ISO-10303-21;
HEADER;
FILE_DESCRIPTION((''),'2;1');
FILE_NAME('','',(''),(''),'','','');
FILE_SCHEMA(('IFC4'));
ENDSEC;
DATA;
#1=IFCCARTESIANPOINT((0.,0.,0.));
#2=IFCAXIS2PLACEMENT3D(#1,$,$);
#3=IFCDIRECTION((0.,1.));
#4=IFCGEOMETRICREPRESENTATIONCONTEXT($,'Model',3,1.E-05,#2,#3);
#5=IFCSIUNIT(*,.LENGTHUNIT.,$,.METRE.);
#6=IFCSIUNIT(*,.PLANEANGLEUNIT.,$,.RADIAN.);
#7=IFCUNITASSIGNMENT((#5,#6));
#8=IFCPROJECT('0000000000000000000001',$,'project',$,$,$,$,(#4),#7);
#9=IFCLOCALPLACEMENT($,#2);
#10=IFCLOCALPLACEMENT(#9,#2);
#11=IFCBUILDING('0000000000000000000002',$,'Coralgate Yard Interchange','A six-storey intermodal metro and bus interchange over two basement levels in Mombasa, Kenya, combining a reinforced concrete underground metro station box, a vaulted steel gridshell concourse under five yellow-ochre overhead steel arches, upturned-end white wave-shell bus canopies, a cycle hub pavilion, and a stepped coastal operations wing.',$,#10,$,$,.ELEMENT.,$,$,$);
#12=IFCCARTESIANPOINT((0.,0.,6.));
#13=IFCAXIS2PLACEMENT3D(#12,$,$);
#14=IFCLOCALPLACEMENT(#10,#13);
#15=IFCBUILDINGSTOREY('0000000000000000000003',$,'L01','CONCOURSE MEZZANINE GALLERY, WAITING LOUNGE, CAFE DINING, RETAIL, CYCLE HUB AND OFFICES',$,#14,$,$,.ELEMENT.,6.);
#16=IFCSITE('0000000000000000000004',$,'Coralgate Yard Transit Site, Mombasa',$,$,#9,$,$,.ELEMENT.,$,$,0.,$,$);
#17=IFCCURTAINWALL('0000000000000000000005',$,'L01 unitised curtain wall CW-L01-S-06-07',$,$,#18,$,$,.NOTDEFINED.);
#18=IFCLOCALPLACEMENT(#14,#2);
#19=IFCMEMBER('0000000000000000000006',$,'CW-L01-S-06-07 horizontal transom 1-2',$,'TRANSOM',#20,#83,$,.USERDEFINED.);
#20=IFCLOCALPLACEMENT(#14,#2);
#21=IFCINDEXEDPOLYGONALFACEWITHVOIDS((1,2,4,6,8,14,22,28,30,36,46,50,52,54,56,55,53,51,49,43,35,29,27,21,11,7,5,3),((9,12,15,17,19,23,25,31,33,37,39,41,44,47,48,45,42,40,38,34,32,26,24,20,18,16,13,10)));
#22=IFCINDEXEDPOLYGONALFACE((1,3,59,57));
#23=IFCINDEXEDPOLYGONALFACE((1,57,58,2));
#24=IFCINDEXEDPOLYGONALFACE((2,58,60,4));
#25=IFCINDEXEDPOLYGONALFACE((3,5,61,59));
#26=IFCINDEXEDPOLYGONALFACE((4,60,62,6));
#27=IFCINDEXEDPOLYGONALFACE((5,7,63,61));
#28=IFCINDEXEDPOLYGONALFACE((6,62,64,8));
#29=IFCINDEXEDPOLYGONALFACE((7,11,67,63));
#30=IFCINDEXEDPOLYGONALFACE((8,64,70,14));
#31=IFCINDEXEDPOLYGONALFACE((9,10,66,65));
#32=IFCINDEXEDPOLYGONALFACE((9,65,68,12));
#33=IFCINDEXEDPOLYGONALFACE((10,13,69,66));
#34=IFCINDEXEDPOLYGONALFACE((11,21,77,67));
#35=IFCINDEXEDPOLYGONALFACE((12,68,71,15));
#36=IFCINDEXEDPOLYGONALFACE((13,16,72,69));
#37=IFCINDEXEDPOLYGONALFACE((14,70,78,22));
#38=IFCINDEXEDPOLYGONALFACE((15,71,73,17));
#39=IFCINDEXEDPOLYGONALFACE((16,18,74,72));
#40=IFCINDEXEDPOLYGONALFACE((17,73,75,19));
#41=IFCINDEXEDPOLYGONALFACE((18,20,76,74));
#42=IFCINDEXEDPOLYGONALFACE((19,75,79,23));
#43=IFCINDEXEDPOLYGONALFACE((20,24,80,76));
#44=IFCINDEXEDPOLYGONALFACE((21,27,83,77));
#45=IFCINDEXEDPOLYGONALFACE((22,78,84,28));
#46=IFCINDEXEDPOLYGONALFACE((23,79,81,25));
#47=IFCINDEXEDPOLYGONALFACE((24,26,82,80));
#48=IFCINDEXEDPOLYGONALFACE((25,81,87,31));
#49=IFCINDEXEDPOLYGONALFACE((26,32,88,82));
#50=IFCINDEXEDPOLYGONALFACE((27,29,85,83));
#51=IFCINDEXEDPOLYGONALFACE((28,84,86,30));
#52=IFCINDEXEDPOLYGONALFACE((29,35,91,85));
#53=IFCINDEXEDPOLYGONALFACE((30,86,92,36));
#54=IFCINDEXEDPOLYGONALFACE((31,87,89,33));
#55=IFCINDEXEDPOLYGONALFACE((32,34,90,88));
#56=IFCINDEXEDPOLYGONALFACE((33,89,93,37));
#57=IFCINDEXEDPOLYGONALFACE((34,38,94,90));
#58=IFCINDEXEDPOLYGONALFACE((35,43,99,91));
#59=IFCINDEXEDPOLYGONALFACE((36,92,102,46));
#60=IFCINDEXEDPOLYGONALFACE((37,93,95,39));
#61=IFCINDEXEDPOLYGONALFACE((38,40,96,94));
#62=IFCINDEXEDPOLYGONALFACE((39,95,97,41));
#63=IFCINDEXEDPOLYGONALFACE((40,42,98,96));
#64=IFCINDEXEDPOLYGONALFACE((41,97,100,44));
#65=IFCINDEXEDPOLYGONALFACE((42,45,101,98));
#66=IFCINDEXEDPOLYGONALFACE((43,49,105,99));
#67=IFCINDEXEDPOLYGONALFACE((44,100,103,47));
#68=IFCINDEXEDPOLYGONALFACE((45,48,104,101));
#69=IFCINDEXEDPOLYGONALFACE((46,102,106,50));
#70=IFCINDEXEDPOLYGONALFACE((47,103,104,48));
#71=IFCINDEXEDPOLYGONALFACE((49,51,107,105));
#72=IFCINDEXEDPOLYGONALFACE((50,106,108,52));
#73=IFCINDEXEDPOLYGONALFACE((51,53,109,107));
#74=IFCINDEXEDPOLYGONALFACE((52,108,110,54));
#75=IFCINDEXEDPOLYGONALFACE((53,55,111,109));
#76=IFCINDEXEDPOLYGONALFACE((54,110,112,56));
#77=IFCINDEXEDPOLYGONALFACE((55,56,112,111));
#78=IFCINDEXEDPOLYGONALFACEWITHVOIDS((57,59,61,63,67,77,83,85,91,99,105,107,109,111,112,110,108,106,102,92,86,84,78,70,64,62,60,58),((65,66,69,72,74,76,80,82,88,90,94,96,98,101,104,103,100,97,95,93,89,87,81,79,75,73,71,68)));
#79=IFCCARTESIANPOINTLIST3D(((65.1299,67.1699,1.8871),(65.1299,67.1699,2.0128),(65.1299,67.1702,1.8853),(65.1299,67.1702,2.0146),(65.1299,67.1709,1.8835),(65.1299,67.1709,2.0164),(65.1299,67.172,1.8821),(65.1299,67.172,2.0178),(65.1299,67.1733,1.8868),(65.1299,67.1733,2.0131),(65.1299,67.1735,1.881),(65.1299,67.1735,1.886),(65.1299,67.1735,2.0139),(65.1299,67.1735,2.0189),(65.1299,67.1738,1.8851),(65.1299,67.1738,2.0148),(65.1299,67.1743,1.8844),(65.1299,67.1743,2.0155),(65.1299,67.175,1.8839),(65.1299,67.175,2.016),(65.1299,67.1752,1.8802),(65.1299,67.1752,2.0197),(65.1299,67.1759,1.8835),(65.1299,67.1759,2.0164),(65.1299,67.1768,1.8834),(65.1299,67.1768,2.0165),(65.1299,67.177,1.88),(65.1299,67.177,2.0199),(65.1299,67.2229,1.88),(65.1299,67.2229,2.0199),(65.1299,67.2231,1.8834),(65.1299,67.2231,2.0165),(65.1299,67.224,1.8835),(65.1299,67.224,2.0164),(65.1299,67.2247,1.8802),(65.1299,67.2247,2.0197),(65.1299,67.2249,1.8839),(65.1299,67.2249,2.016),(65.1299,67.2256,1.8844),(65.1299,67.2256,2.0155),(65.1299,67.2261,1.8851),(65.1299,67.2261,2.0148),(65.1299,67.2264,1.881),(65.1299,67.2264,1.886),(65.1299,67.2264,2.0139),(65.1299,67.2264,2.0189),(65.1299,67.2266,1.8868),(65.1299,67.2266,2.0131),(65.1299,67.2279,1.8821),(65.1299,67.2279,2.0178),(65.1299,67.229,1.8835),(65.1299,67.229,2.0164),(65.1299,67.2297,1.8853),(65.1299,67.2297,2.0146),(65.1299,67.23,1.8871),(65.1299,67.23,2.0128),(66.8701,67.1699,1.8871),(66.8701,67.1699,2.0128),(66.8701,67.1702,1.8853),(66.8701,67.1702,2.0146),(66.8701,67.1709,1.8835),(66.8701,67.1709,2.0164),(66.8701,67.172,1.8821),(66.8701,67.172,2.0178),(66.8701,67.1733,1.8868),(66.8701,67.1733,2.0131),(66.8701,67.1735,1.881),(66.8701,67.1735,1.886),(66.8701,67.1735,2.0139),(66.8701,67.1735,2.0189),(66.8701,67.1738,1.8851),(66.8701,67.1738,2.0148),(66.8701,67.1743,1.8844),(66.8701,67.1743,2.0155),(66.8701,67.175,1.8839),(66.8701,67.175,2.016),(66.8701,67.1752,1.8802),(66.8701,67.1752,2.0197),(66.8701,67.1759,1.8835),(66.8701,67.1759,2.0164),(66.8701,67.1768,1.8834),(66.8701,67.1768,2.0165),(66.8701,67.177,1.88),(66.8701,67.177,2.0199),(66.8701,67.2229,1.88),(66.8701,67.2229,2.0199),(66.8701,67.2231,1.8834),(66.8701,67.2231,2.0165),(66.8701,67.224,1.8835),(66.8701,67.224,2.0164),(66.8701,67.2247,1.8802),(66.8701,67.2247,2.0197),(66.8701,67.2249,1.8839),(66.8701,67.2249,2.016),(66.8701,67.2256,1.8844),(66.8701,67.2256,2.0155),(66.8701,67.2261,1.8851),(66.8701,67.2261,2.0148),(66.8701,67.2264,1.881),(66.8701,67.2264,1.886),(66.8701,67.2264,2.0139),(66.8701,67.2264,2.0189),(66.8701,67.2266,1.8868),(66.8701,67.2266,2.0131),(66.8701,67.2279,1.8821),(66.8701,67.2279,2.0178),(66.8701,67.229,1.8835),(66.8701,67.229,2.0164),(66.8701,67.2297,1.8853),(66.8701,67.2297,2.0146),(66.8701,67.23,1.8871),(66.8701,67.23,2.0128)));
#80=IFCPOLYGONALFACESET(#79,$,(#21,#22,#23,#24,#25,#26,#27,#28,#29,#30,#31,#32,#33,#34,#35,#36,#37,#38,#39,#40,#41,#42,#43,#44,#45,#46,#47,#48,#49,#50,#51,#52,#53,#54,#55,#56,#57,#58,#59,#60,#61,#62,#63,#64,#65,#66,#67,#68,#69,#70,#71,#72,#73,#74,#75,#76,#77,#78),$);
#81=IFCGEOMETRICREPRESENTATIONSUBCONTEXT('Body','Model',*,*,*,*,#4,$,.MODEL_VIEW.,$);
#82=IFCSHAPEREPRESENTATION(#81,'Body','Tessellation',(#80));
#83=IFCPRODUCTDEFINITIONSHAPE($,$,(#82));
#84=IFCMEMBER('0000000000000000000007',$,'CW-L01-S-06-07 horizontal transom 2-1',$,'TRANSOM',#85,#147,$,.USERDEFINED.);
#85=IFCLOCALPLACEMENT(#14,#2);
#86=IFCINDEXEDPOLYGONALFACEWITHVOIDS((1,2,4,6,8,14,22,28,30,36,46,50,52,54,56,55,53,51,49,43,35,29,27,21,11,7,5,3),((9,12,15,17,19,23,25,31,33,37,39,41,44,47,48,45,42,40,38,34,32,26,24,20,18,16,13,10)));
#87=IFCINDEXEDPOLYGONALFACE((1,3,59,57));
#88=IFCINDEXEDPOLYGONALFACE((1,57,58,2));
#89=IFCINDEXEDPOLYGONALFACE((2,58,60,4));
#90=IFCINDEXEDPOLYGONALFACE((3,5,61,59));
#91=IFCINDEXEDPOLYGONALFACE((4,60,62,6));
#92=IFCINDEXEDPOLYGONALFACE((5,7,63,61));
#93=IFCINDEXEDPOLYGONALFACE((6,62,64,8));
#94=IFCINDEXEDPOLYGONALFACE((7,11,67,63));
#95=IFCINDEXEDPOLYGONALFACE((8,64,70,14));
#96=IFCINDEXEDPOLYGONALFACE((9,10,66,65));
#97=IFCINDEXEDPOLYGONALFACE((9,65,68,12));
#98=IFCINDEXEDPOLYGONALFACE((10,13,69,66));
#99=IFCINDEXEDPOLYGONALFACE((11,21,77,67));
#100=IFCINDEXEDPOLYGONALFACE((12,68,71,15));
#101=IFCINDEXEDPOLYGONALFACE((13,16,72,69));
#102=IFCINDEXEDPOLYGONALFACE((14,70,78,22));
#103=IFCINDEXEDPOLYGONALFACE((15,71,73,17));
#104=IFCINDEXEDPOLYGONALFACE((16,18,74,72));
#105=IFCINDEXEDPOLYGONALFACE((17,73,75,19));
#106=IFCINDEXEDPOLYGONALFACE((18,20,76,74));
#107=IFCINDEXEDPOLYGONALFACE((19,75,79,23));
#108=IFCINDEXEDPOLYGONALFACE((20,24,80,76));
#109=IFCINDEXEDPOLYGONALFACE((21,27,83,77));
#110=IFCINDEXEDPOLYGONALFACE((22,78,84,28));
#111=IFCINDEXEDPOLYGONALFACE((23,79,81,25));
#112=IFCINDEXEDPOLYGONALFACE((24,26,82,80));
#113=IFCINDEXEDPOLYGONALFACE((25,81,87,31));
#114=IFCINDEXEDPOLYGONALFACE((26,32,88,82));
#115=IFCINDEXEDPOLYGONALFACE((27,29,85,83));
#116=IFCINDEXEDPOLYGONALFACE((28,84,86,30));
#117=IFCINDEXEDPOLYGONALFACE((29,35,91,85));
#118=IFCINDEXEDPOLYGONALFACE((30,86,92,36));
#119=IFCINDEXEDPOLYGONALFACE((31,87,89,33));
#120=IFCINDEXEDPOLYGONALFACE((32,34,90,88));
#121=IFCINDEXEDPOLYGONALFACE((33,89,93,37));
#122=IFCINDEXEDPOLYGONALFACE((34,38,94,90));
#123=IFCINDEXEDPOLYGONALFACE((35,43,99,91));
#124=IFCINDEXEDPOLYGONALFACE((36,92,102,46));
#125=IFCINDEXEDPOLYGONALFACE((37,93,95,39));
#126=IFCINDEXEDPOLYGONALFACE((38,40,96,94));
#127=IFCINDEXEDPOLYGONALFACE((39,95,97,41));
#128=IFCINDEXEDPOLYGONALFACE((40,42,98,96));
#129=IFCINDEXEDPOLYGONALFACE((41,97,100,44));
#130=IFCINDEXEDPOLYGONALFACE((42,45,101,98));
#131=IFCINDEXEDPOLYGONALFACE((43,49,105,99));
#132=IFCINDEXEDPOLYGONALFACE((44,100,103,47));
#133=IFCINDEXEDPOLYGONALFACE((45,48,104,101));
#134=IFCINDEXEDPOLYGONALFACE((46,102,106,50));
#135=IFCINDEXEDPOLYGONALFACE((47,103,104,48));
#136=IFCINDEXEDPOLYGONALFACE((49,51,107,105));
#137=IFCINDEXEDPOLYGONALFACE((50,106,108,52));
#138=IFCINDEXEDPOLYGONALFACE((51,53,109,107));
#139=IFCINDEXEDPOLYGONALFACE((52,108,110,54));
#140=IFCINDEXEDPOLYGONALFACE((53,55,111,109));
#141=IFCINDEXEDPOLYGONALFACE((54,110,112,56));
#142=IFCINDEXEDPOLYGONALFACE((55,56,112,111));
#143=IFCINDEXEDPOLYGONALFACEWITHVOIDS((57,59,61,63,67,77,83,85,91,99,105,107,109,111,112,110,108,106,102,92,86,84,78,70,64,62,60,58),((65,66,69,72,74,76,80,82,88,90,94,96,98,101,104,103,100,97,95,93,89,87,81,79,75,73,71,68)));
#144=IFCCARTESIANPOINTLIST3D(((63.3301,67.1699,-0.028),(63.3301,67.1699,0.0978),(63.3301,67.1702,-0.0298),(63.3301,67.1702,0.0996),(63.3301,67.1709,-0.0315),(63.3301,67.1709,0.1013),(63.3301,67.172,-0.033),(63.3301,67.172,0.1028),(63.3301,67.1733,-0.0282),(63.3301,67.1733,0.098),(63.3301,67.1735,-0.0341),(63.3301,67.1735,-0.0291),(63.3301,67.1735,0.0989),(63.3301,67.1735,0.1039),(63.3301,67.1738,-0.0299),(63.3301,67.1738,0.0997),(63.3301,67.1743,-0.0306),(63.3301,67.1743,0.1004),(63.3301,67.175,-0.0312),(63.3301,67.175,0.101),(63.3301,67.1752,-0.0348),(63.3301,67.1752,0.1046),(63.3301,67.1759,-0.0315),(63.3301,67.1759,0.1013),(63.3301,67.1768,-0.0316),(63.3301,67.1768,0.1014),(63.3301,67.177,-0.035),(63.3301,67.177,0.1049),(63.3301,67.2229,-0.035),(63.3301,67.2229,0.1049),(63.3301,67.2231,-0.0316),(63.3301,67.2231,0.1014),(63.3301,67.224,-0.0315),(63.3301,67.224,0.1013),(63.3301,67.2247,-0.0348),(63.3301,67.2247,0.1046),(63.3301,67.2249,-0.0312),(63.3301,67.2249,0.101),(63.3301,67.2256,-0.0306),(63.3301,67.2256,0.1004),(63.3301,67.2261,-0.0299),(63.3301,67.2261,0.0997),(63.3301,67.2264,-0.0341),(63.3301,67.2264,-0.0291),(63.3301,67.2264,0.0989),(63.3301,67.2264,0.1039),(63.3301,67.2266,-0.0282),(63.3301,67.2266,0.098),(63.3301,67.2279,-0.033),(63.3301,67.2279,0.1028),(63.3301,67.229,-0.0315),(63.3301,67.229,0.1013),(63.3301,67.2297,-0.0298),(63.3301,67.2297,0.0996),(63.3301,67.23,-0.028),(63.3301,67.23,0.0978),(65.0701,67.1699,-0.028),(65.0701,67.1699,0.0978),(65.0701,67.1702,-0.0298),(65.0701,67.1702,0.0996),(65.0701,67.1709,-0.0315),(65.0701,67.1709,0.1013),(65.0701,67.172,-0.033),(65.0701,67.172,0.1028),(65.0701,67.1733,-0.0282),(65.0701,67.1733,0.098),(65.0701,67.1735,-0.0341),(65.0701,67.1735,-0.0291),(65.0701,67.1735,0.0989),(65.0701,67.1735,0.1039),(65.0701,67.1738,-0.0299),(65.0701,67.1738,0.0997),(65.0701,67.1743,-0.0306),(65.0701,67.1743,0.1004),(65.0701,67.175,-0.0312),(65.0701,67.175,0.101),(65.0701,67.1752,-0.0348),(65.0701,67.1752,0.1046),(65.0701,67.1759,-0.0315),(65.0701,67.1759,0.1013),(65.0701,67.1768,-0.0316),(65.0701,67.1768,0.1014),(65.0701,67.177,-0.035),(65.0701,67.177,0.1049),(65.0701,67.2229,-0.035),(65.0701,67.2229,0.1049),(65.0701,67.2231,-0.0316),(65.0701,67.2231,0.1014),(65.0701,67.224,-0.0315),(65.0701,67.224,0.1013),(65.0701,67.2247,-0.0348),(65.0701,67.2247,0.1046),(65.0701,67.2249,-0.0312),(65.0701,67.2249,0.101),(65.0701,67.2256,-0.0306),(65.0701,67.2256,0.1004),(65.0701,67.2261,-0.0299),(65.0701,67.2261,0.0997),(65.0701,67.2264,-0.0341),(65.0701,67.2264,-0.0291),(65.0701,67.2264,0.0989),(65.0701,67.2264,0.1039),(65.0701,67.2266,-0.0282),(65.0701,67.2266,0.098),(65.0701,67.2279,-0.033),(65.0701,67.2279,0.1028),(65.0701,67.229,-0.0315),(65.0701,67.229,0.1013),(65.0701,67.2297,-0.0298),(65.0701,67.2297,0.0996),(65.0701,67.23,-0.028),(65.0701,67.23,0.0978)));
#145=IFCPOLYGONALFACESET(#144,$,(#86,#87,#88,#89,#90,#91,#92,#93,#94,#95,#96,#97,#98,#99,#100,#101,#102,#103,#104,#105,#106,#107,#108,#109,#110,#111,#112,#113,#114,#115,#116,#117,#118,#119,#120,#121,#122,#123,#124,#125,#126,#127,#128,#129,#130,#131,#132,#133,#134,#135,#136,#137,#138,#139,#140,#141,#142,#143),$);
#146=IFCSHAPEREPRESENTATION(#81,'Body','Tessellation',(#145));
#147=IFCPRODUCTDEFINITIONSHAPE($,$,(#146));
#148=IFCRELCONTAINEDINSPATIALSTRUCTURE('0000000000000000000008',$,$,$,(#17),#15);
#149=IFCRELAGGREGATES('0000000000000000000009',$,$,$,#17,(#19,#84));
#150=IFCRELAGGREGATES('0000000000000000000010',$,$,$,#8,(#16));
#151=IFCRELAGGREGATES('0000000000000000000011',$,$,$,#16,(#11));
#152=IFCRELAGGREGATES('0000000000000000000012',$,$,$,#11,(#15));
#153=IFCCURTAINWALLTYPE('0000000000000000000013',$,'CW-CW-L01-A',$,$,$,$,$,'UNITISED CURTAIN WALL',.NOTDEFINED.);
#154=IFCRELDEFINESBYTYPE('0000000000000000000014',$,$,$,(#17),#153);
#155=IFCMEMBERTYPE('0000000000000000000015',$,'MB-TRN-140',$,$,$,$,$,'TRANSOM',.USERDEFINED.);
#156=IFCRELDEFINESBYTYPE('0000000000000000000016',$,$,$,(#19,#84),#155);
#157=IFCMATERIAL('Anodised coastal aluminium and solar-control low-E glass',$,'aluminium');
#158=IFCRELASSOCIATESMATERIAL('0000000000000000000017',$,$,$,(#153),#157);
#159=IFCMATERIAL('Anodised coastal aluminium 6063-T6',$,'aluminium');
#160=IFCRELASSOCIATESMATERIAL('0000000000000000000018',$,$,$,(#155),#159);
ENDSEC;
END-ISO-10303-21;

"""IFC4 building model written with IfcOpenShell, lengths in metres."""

from ifc_helpers import new_model, si_unit, direction, frame, origin, origin_2d, place, context, subcontext, project, spatial, hollow_rectangle, extrude, material, material_profile, profile_set, type_object, element, aggregate, save


model = new_model("IFC4")

# Units and contexts
model_context = context("Model", 3, precision=1e-05, world=origin(), true_north=direction((0.0, 1.0)))
body_context = subcontext(model_context, "Body", "Model", "MODEL_VIEW")
ifc_project = project(units=[si_unit("LENGTHUNIT", "METRE"), si_unit("PLANEANGLEUNIT", "RADIAN")], contexts=[model_context])

# Site, building, storey
site_placement = place(None, origin())
site = spatial("IfcSite", under=ifc_project, at=site_placement, Name="Coralgate Yard Transit Site, Mombasa", CompositionType="ELEMENT", RefElevation=0.0)
building_placement = place(site_placement, origin())
building = spatial("IfcBuilding", under=site, at=building_placement, Name="Coralgate Yard Interchange", Description="A six-storey intermodal metro and bus interchange over two basement levels in Mombasa, Kenya, combining a reinforced concrete underground metro station box, a vaulted steel gridshell concourse under five yellow-ochre overhead steel arches, upturned-end white wave-shell bus canopies, a cycle hub pavilion, and a stepped coastal operations wing.", CompositionType="ELEMENT")
storey_placement = place(building_placement, frame((0.0, 0.0, 6.0)))
storey = spatial("IfcBuildingStorey", under=building, at=storey_placement, Name="L01", Description="CONCOURSE MEZZANINE GALLERY, WAITING LOUNGE, CAFE DINING, RETAIL, CYCLE HUB AND OFFICES", CompositionType="ELEMENT", Elevation=6.0)

# Curtain wall, members
ifc_material_1 = material(Name="Anodised coastal aluminium and solar-control low-E glass", Category="aluminium")
curtain_wall_type = type_object("IfcCurtainWallType", Name="CW-CW-L01-A", ElementType="UNITISED CURTAIN WALL", PredefinedType="NOTDEFINED", material=ifc_material_1)
curtain_wall_placement = place(storey_placement, origin())
curtain_wall = element("IfcCurtainWall", 1, at=curtain_wall_placement, inside=storey, type_object=curtain_wall_type, Name="L01 unitised curtain wall CW-L01-S-06-07", PredefinedType="NOTDEFINED")
ifc_material_2 = material(Name="Anodised coastal aluminium 6063-T6", Category="aluminium")
ifc_material_profile_1 = material_profile(ifc_material_2, hollow_rectangle(XDim=0.0601, YDim=0.1399, WallThickness=0.0034, InnerFilletRadius=0.0034, OuterFilletRadius=0.0071, at=origin_2d()), Name="ALU 60x140x3.5")
ifc_profile_set_1 = profile_set([ifc_material_profile_1], Name="Anodised coastal aluminium 6063-T6")
member_type_1 = type_object("IfcMemberType", Name="MB-TRN-140", ElementType="TRANSOM", PredefinedType="USERDEFINED", material=ifc_profile_set_1)
member_1_placement = place(storey_placement, frame((66.8701, 67.2, 1.95), z_axis=(-1.0, 0.0, 0.0), x_axis=(0.0, -1.0, 0.0)))
member_1 = element("IfcMember", 2, at=member_1_placement, type_object=member_type_1, Name="CW-L01-S-06-07 horizontal transom 1-2", ObjectType="TRANSOM", PredefinedType="USERDEFINED", context=body_context, shape_type="SweptSolid", body=[
    extrude(hollow_rectangle(XDim=0.0601, YDim=0.1399, WallThickness=0.0034, InnerFilletRadius=0.0034, OuterFilletRadius=0.0071, at=origin_2d()), origin(), (0.0, 0.0, 1.0), 1.7402),
])
member_2_placement = place(storey_placement, frame((65.0701, 67.2, 0.0349), z_axis=(-1.0, 0.0, 0.0), x_axis=(0.0, -1.0, 0.0)))
member_2 = element("IfcMember", 3, at=member_2_placement, type_object=member_type_1, Name="CW-L01-S-06-07 horizontal transom 2-1", ObjectType="TRANSOM", PredefinedType="USERDEFINED", context=body_context, shape_type="SweptSolid", body=[
    extrude(hollow_rectangle(XDim=0.0601, YDim=0.1399, WallThickness=0.0034, InnerFilletRadius=0.0034, OuterFilletRadius=0.0071, at=origin_2d()), origin(), (0.0, 0.0, 1.0), 1.74),
])
aggregate(curtain_wall, [member_1, member_2])

save(model, "model.ifc")
